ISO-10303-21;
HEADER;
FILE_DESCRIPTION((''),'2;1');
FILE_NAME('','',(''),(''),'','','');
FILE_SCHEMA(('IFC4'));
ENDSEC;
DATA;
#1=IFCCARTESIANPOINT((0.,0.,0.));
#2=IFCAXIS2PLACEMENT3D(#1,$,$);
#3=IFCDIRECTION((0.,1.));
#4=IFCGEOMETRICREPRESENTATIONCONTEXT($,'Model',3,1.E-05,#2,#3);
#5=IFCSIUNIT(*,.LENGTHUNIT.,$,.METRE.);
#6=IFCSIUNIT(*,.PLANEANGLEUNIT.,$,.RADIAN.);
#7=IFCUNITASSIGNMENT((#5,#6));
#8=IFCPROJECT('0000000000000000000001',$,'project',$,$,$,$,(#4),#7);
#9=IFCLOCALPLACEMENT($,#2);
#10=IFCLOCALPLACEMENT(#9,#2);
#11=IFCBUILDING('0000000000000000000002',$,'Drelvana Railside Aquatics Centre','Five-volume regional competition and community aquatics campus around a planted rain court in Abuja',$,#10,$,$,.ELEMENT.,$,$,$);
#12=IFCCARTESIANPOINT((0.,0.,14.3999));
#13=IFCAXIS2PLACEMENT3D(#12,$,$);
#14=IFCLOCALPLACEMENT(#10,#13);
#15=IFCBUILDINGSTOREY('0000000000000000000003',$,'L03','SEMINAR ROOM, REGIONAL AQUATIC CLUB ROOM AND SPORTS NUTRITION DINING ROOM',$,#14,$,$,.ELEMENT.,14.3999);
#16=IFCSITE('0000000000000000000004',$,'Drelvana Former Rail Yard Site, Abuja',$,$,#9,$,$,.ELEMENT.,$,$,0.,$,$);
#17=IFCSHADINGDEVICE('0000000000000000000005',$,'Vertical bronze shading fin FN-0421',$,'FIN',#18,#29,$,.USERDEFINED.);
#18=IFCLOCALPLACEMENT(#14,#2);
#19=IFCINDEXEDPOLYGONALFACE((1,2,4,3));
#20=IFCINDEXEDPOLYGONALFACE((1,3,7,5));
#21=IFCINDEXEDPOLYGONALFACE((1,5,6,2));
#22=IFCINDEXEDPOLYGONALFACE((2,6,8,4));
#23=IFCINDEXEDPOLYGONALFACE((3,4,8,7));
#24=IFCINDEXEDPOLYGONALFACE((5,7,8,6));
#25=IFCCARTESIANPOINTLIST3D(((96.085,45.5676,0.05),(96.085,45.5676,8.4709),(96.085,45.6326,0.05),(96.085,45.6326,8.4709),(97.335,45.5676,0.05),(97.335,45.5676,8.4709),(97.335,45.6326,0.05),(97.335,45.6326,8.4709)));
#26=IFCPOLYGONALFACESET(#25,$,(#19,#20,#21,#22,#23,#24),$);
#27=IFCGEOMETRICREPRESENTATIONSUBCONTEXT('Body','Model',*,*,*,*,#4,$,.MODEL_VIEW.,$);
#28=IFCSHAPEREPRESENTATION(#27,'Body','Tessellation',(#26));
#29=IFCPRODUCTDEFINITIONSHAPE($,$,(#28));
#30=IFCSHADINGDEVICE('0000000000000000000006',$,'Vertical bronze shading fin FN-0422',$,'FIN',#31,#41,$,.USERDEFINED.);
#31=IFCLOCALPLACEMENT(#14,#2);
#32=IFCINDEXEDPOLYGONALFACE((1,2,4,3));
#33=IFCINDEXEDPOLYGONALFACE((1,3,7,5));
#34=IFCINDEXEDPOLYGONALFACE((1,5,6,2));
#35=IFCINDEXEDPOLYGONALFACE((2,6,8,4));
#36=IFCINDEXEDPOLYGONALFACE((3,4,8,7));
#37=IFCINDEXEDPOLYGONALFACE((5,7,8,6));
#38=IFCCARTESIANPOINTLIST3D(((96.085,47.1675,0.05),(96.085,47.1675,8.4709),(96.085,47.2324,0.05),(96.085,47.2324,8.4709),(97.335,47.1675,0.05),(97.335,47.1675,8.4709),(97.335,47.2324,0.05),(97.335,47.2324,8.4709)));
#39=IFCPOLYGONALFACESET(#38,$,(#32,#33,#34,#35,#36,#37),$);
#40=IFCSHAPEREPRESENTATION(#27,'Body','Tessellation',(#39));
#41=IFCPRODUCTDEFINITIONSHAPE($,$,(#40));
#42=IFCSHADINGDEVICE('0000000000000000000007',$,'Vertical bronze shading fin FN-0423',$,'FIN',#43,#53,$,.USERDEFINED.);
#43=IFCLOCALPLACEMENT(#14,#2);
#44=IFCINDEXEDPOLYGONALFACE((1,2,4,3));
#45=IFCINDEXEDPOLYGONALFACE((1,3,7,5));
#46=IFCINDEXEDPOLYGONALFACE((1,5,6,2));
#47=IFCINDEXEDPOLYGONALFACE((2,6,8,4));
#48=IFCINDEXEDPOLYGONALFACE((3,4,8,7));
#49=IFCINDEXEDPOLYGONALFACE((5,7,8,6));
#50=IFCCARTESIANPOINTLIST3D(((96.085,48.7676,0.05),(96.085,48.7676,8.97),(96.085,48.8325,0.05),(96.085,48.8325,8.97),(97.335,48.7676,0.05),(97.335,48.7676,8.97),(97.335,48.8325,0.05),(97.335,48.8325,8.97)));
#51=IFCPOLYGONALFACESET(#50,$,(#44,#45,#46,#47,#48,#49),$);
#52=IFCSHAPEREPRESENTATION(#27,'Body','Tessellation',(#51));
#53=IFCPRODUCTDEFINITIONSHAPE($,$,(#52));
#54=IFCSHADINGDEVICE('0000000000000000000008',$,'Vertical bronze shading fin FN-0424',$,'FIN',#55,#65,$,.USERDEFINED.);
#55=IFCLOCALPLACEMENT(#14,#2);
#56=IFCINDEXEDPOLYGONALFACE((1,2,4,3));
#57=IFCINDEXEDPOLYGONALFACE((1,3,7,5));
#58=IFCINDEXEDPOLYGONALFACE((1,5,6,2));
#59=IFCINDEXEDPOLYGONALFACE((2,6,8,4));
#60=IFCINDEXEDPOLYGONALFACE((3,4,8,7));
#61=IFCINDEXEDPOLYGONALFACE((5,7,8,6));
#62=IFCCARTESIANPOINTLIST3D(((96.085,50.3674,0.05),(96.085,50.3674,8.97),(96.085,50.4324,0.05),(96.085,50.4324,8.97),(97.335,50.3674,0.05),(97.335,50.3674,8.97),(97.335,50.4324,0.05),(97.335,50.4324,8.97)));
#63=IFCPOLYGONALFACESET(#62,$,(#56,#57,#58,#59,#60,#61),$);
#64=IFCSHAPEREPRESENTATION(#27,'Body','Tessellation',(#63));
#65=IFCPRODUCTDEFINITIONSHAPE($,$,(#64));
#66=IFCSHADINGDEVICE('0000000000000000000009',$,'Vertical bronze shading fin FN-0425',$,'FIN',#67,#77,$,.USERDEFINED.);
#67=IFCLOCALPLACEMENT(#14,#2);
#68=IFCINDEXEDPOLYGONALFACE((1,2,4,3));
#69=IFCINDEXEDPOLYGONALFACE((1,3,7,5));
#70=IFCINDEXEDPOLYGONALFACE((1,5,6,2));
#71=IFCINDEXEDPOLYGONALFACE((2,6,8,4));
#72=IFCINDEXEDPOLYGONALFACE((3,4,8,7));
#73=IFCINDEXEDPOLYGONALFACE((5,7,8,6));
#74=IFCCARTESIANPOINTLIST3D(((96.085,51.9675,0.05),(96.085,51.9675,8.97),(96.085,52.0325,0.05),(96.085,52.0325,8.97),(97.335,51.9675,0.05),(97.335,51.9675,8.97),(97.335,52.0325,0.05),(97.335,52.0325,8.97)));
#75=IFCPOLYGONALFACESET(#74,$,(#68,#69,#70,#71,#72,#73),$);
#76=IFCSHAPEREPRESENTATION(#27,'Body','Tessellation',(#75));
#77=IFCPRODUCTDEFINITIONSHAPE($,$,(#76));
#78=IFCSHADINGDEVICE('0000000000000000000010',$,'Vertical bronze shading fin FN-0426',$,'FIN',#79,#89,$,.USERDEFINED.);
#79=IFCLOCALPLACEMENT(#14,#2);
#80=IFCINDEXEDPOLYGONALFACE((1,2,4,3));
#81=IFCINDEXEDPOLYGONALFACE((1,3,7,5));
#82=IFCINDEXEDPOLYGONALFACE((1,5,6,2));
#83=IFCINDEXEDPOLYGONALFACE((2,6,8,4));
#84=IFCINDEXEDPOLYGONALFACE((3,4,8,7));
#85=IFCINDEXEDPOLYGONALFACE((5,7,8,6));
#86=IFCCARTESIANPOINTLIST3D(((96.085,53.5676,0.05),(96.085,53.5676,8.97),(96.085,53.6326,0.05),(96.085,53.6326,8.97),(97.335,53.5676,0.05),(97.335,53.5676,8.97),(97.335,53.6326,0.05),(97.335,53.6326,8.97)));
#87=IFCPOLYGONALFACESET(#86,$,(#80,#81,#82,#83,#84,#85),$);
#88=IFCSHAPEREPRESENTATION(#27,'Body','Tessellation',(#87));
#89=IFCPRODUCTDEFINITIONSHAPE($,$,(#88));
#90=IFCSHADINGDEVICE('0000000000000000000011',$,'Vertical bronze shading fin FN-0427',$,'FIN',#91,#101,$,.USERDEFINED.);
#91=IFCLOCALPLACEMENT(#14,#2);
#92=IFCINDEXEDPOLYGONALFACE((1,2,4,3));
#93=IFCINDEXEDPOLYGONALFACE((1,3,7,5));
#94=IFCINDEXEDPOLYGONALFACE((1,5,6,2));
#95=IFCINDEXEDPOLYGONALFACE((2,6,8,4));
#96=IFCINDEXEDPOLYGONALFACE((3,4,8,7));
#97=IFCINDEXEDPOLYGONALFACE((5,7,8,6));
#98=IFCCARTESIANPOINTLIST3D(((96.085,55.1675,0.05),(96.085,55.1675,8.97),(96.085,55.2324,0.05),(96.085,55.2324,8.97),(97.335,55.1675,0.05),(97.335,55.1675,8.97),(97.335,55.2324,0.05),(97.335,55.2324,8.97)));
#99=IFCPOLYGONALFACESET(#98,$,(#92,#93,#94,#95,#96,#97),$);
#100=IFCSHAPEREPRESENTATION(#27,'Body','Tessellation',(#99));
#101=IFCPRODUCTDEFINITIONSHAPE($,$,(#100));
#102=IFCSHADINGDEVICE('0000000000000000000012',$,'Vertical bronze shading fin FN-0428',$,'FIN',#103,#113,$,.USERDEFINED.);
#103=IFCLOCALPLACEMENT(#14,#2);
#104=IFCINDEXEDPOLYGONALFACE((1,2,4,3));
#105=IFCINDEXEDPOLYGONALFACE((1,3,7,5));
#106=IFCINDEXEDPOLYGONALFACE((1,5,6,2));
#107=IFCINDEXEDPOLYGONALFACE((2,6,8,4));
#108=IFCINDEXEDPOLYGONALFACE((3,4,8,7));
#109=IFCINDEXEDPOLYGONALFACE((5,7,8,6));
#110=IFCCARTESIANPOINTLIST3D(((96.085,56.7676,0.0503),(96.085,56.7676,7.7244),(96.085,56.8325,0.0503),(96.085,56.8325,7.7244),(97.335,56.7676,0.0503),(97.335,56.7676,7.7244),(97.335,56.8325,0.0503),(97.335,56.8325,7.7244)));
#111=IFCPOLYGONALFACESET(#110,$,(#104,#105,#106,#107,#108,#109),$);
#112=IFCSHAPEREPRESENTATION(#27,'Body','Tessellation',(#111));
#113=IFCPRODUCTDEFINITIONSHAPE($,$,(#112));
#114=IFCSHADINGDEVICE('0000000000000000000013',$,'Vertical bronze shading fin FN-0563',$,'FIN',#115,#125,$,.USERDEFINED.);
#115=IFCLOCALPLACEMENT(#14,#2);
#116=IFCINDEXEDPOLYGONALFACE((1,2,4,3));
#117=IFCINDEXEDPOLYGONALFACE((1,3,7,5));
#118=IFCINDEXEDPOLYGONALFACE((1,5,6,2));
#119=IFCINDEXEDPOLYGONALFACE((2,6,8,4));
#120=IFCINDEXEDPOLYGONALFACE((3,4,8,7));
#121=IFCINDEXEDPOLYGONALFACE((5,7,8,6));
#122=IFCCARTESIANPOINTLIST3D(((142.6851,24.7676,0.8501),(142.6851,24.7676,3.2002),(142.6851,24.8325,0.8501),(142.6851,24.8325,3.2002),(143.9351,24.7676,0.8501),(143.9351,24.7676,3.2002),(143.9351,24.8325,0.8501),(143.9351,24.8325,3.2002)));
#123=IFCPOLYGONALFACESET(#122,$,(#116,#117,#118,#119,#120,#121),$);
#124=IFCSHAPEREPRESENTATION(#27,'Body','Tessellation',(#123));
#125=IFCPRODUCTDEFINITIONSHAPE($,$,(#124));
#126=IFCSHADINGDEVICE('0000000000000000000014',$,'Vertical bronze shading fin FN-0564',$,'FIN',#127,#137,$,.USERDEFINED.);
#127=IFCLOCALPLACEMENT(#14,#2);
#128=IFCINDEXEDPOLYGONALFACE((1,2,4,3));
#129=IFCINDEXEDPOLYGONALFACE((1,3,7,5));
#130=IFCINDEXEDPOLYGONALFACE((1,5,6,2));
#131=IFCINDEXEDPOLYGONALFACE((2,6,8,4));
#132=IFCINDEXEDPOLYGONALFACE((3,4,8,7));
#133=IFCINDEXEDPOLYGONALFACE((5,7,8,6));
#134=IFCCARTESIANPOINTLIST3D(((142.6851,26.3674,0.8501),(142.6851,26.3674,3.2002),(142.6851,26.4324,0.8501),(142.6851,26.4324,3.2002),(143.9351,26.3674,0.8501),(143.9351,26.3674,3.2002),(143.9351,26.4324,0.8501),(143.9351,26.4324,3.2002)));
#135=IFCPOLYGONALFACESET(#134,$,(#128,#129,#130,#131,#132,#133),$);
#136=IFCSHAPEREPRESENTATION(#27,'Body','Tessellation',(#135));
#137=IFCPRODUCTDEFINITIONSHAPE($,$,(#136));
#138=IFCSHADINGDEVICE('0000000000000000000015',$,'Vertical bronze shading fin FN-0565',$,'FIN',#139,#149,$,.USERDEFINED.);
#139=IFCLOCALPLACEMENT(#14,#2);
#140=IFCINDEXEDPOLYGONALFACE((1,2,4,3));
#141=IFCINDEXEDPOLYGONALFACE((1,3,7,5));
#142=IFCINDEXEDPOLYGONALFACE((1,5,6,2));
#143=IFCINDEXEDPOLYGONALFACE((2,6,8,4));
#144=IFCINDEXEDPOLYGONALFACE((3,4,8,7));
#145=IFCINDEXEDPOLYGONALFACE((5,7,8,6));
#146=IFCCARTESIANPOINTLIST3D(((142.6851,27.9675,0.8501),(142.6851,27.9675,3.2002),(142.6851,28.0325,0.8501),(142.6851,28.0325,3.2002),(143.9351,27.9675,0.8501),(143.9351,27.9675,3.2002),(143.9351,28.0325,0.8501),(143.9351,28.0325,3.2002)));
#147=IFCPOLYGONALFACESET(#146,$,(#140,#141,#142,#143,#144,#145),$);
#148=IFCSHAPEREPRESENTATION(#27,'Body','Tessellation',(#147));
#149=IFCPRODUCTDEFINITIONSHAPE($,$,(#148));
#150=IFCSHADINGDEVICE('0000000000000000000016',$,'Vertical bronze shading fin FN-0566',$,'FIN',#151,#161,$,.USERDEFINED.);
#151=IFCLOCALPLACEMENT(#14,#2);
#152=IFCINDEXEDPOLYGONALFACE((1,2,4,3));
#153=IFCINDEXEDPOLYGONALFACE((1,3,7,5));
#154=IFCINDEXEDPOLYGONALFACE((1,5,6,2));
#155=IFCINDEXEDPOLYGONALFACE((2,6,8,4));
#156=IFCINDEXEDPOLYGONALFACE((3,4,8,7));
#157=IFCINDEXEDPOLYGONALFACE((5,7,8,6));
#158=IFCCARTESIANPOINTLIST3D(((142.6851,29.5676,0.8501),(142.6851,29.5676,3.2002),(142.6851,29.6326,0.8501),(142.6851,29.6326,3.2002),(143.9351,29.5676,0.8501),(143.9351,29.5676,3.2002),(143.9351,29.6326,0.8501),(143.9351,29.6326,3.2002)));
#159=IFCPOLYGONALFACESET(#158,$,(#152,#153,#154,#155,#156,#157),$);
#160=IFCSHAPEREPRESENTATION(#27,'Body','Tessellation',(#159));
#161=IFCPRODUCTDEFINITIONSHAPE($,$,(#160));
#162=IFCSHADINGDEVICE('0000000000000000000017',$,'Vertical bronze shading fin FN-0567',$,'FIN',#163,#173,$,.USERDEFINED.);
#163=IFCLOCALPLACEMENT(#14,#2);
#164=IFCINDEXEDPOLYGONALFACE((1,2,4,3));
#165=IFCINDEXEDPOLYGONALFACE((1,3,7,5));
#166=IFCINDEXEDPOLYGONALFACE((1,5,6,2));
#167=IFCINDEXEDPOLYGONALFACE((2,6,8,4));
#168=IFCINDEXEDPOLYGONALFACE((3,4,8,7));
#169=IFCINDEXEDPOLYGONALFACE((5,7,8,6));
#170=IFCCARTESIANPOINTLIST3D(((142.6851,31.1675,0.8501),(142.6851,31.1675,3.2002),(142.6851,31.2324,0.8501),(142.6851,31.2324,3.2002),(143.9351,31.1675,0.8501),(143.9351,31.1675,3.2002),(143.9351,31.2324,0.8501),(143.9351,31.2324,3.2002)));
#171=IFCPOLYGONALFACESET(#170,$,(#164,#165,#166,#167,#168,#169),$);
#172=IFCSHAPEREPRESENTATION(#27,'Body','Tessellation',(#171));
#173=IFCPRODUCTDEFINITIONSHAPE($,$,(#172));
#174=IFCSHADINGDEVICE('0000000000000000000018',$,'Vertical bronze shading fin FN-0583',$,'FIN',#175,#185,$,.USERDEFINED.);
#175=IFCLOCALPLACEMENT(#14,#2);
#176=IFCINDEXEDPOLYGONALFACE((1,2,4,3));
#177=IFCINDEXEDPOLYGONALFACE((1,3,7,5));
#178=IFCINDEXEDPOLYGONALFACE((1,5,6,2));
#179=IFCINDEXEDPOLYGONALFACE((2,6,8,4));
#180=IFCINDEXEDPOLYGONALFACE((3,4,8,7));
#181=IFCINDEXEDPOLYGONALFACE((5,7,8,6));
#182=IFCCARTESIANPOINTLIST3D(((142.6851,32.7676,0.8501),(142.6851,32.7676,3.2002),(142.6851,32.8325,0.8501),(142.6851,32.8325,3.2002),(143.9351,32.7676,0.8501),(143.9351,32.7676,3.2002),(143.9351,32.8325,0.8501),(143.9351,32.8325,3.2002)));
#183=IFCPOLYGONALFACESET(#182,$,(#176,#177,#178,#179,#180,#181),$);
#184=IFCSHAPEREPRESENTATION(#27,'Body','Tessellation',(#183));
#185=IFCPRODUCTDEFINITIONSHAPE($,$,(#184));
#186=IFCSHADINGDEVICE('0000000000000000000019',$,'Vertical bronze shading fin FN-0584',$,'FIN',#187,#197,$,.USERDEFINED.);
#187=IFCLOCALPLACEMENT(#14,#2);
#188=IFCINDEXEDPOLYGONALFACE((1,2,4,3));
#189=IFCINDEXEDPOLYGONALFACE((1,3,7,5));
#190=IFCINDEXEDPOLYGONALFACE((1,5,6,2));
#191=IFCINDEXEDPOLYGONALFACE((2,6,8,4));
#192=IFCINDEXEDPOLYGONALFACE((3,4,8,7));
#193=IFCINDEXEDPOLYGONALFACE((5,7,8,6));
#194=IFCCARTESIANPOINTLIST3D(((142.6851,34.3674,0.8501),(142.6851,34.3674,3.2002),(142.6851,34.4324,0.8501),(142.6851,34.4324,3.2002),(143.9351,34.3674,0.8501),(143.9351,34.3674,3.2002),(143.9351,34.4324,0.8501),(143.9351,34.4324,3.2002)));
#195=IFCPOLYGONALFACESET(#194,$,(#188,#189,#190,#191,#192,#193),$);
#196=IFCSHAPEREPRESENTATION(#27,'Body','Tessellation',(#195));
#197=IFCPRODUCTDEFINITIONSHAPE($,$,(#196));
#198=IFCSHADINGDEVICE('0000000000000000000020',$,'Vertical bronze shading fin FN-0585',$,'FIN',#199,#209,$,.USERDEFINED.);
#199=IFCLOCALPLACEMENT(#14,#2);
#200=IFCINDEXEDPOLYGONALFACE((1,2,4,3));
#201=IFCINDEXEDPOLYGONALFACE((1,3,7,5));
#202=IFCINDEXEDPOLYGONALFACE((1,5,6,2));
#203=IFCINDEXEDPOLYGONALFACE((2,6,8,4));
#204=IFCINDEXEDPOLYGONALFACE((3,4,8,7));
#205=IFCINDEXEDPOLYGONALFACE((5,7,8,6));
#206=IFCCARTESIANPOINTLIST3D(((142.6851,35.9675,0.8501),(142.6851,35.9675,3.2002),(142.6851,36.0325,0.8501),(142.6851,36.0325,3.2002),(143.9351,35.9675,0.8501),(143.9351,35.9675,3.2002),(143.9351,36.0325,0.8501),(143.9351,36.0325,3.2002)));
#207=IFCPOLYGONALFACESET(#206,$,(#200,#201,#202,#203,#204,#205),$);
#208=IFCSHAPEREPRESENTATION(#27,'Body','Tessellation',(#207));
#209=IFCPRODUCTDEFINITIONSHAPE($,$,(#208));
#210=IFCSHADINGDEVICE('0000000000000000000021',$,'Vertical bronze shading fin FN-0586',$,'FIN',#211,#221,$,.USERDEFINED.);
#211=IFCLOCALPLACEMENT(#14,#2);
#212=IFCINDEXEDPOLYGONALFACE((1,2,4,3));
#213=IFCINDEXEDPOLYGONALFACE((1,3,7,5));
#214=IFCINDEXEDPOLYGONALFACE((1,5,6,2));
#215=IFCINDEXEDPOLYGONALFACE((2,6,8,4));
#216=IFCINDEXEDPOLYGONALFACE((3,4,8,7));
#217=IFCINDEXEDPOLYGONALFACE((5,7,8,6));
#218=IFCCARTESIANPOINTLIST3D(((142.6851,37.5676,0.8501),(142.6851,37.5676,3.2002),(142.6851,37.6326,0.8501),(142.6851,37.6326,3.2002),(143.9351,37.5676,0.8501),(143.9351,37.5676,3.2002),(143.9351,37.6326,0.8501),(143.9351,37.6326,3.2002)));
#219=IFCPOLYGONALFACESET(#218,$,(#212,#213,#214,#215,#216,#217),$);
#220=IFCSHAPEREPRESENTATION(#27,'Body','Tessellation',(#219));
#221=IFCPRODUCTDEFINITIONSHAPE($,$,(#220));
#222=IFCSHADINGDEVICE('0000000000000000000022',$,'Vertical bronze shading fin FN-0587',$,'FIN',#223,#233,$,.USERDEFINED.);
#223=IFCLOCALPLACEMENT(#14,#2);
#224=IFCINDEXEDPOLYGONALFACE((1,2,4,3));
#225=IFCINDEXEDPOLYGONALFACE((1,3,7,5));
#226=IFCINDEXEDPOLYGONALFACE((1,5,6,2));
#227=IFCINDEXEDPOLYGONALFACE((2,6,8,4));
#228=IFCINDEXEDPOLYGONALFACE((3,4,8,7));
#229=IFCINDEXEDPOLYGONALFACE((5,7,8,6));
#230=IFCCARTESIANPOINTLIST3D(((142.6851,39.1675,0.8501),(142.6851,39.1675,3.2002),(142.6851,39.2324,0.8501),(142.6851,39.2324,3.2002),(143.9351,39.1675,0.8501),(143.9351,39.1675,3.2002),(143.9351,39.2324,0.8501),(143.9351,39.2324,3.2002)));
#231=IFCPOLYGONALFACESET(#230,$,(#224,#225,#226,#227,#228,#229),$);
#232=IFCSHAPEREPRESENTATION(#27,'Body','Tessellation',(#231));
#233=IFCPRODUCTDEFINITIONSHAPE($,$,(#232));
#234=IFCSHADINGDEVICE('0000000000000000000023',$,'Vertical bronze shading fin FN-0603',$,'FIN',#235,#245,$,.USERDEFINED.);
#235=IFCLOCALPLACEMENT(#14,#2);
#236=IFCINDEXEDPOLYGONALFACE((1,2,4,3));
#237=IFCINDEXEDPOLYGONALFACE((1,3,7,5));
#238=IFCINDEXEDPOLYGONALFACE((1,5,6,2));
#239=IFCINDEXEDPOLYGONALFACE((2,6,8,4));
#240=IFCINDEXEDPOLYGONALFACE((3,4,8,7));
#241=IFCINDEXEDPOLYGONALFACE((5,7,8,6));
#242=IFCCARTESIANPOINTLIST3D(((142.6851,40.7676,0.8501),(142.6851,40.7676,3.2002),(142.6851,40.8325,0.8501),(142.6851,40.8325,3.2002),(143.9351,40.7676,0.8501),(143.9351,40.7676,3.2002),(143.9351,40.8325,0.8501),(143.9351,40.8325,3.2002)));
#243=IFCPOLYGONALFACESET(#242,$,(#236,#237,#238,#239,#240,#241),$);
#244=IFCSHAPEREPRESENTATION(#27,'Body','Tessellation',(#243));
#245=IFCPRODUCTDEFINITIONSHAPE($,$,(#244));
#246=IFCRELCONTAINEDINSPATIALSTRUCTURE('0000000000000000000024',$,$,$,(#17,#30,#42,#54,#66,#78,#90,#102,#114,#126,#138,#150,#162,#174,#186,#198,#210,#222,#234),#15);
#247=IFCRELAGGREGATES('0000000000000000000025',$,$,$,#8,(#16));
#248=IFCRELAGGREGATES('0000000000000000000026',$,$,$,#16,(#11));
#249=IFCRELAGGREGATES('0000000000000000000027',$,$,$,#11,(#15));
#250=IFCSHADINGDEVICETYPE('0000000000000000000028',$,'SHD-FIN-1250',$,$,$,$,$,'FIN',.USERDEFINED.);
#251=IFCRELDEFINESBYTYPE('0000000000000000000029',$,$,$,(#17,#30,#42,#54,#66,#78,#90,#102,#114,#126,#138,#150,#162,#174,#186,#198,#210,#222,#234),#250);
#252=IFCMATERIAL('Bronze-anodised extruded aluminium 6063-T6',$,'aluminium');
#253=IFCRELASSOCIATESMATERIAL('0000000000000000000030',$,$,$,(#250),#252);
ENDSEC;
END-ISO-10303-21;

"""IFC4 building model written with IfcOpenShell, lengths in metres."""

from ifc_helpers import new_model, si_unit, direction, frame, origin, origin_2d, place, context, subcontext, project, spatial, rectangle, extrude, material, type_object, element, save


model = new_model("IFC4")

# Units and contexts
model_context = context("Model", 3, precision=1e-05, world=origin(), true_north=direction((0.0, 1.0)))
body_context = subcontext(model_context, "Body", "Model", "MODEL_VIEW")
ifc_project = project(units=[si_unit("LENGTHUNIT", "METRE"), si_unit("PLANEANGLEUNIT", "RADIAN")], contexts=[model_context])

# Site, building, storey
site_placement = place(None, origin())
site = spatial("IfcSite", under=ifc_project, at=site_placement, Name="Drelvana Former Rail Yard Site, Abuja", CompositionType="ELEMENT", RefElevation=0.0)
building_placement = place(site_placement, origin())
building = spatial("IfcBuilding", under=site, at=building_placement, Name="Drelvana Railside Aquatics Centre", Description="Five-volume regional competition and community aquatics campus around a planted rain court in Abuja", CompositionType="ELEMENT")
storey_placement = place(building_placement, frame((0.0, 0.0, 14.3999)))
storey = spatial("IfcBuildingStorey", under=building, at=storey_placement, Name="L03", Description="SEMINAR ROOM, REGIONAL AQUATIC CLUB ROOM AND SPORTS NUTRITION DINING ROOM", CompositionType="ELEMENT", Elevation=14.3999)

# Shading devices
ifc_material = material(Name="Bronze-anodised extruded aluminium 6063-T6", Category="aluminium")
shading_device_type = type_object("IfcShadingDeviceType", Name="SHD-FIN-1250", ElementType="FIN", PredefinedType="USERDEFINED", material=ifc_material)
for number, where, z_axis, x_axis, name in (
    (1, (96.71, 45.6001, 0.05), (0.0, 0.0, 1.0), (1.0, 0.0, 0.0), "Vertical bronze shading fin FN-0421"),
    (2, (96.71, 47.2, 0.05), (0.0, 0.0, 1.0), (1.0, 0.0, 0.0), "Vertical bronze shading fin FN-0422"),
):
    element("IfcShadingDevice", number, at=place(storey_placement, frame(where, z_axis=z_axis, x_axis=x_axis)), inside=storey, type_object=shading_device_type, Name=name, ObjectType="FIN", PredefinedType="USERDEFINED", context=body_context, shape_type="SweptSolid", body=[
        extrude(rectangle(XDim=1.25, YDim=0.0649, at=origin_2d()), origin(), (0.0, 0.0, 1.0), 8.4209),
    ])
for number, where, z_axis, x_axis, name in (
    (3, (96.71, 48.8, 0.05), (0.0, 0.0, 1.0), (1.0, 0.0, 0.0), "Vertical bronze shading fin FN-0423"),
    (4, (96.71, 50.3999, 0.05), (0.0, 0.0, 1.0), (1.0, 0.0, 0.0), "Vertical bronze shading fin FN-0424"),
    (5, (96.71, 52.0, 0.05), (0.0, 0.0, 1.0), (1.0, 0.0, 0.0), "Vertical bronze shading fin FN-0425"),
    (6, (96.71, 53.6001, 0.05), (0.0, 0.0, 1.0), (1.0, 0.0, 0.0), "Vertical bronze shading fin FN-0426"),
    (7, (96.71, 55.2, 0.05), (0.0, 0.0, 1.0), (1.0, 0.0, 0.0), "Vertical bronze shading fin FN-0427"),
):
    element("IfcShadingDevice", number, at=place(storey_placement, frame(where, z_axis=z_axis, x_axis=x_axis)), inside=storey, type_object=shading_device_type, Name=name, ObjectType="FIN", PredefinedType="USERDEFINED", context=body_context, shape_type="SweptSolid", body=[
        extrude(rectangle(XDim=1.25, YDim=0.0649, at=origin_2d()), origin(), (0.0, 0.0, 1.0), 8.9199),
    ])
shading_device_placement = place(storey_placement, frame((96.71, 56.8, 0.0503), z_axis=(0.0, 0.0, 1.0), x_axis=(1.0, 0.0, 0.0)))
element("IfcShadingDevice", 8, at=shading_device_placement, inside=storey, type_object=shading_device_type, Name="Vertical bronze shading fin FN-0428", ObjectType="FIN", PredefinedType="USERDEFINED", context=body_context, shape_type="SweptSolid", body=[
    extrude(rectangle(XDim=1.25, YDim=0.0649, at=origin_2d()), origin(), (0.0, 0.0, 1.0), 7.6741),
])
for number, where, z_axis, x_axis, name in (
    (9, (143.3101, 24.8, 0.8501), (0.0, 0.0, 1.0), (-1.0, 0.0, 0.0), "Vertical bronze shading fin FN-0563"),
    (10, (143.3101, 26.3999, 0.8501), (0.0, 0.0, 1.0), (-1.0, 0.0, 0.0), "Vertical bronze shading fin FN-0564"),
    (11, (143.3101, 28.0, 0.8501), (0.0, 0.0, 1.0), (-1.0, 0.0, 0.0), "Vertical bronze shading fin FN-0565"),
    (12, (143.3101, 29.6001, 0.8501), (0.0, 0.0, 1.0), (-1.0, 0.0, 0.0), "Vertical bronze shading fin FN-0566"),
    (13, (143.3101, 31.2, 0.8501), (0.0, 0.0, 1.0), (-1.0, 0.0, 0.0), "Vertical bronze shading fin FN-0567"),
    (14, (143.3101, 32.8, 0.8501), (0.0, 0.0, 1.0), (-1.0, 0.0, 0.0), "Vertical bronze shading fin FN-0583"),
    (15, (143.3101, 34.3999, 0.8501), (0.0, 0.0, 1.0), (-1.0, 0.0, 0.0), "Vertical bronze shading fin FN-0584"),
    (16, (143.3101, 36.0, 0.8501), (0.0, 0.0, 1.0), (-1.0, 0.0, 0.0), "Vertical bronze shading fin FN-0585"),
    (17, (143.3101, 37.6001, 0.8501), (0.0, 0.0, 1.0), (-1.0, 0.0, 0.0), "Vertical bronze shading fin FN-0586"),
    (18, (143.3101, 39.2, 0.8501), (0.0, 0.0, 1.0), (-1.0, 0.0, 0.0), "Vertical bronze shading fin FN-0587"),
    (19, (143.3101, 40.8, 0.8501), (0.0, 0.0, 1.0), (-1.0, 0.0, 0.0), "Vertical bronze shading fin FN-0603"),
):
    element("IfcShadingDevice", number, at=place(storey_placement, frame(where, z_axis=z_axis, x_axis=x_axis)), inside=storey, type_object=shading_device_type, Name=name, ObjectType="FIN", PredefinedType="USERDEFINED", context=body_context, shape_type="SweptSolid", body=[
        extrude(rectangle(XDim=1.25, YDim=0.0649, at=origin_2d()), origin(), (0.0, 0.0, 1.0), 2.3501),
    ])

save(model, "model.ifc")
